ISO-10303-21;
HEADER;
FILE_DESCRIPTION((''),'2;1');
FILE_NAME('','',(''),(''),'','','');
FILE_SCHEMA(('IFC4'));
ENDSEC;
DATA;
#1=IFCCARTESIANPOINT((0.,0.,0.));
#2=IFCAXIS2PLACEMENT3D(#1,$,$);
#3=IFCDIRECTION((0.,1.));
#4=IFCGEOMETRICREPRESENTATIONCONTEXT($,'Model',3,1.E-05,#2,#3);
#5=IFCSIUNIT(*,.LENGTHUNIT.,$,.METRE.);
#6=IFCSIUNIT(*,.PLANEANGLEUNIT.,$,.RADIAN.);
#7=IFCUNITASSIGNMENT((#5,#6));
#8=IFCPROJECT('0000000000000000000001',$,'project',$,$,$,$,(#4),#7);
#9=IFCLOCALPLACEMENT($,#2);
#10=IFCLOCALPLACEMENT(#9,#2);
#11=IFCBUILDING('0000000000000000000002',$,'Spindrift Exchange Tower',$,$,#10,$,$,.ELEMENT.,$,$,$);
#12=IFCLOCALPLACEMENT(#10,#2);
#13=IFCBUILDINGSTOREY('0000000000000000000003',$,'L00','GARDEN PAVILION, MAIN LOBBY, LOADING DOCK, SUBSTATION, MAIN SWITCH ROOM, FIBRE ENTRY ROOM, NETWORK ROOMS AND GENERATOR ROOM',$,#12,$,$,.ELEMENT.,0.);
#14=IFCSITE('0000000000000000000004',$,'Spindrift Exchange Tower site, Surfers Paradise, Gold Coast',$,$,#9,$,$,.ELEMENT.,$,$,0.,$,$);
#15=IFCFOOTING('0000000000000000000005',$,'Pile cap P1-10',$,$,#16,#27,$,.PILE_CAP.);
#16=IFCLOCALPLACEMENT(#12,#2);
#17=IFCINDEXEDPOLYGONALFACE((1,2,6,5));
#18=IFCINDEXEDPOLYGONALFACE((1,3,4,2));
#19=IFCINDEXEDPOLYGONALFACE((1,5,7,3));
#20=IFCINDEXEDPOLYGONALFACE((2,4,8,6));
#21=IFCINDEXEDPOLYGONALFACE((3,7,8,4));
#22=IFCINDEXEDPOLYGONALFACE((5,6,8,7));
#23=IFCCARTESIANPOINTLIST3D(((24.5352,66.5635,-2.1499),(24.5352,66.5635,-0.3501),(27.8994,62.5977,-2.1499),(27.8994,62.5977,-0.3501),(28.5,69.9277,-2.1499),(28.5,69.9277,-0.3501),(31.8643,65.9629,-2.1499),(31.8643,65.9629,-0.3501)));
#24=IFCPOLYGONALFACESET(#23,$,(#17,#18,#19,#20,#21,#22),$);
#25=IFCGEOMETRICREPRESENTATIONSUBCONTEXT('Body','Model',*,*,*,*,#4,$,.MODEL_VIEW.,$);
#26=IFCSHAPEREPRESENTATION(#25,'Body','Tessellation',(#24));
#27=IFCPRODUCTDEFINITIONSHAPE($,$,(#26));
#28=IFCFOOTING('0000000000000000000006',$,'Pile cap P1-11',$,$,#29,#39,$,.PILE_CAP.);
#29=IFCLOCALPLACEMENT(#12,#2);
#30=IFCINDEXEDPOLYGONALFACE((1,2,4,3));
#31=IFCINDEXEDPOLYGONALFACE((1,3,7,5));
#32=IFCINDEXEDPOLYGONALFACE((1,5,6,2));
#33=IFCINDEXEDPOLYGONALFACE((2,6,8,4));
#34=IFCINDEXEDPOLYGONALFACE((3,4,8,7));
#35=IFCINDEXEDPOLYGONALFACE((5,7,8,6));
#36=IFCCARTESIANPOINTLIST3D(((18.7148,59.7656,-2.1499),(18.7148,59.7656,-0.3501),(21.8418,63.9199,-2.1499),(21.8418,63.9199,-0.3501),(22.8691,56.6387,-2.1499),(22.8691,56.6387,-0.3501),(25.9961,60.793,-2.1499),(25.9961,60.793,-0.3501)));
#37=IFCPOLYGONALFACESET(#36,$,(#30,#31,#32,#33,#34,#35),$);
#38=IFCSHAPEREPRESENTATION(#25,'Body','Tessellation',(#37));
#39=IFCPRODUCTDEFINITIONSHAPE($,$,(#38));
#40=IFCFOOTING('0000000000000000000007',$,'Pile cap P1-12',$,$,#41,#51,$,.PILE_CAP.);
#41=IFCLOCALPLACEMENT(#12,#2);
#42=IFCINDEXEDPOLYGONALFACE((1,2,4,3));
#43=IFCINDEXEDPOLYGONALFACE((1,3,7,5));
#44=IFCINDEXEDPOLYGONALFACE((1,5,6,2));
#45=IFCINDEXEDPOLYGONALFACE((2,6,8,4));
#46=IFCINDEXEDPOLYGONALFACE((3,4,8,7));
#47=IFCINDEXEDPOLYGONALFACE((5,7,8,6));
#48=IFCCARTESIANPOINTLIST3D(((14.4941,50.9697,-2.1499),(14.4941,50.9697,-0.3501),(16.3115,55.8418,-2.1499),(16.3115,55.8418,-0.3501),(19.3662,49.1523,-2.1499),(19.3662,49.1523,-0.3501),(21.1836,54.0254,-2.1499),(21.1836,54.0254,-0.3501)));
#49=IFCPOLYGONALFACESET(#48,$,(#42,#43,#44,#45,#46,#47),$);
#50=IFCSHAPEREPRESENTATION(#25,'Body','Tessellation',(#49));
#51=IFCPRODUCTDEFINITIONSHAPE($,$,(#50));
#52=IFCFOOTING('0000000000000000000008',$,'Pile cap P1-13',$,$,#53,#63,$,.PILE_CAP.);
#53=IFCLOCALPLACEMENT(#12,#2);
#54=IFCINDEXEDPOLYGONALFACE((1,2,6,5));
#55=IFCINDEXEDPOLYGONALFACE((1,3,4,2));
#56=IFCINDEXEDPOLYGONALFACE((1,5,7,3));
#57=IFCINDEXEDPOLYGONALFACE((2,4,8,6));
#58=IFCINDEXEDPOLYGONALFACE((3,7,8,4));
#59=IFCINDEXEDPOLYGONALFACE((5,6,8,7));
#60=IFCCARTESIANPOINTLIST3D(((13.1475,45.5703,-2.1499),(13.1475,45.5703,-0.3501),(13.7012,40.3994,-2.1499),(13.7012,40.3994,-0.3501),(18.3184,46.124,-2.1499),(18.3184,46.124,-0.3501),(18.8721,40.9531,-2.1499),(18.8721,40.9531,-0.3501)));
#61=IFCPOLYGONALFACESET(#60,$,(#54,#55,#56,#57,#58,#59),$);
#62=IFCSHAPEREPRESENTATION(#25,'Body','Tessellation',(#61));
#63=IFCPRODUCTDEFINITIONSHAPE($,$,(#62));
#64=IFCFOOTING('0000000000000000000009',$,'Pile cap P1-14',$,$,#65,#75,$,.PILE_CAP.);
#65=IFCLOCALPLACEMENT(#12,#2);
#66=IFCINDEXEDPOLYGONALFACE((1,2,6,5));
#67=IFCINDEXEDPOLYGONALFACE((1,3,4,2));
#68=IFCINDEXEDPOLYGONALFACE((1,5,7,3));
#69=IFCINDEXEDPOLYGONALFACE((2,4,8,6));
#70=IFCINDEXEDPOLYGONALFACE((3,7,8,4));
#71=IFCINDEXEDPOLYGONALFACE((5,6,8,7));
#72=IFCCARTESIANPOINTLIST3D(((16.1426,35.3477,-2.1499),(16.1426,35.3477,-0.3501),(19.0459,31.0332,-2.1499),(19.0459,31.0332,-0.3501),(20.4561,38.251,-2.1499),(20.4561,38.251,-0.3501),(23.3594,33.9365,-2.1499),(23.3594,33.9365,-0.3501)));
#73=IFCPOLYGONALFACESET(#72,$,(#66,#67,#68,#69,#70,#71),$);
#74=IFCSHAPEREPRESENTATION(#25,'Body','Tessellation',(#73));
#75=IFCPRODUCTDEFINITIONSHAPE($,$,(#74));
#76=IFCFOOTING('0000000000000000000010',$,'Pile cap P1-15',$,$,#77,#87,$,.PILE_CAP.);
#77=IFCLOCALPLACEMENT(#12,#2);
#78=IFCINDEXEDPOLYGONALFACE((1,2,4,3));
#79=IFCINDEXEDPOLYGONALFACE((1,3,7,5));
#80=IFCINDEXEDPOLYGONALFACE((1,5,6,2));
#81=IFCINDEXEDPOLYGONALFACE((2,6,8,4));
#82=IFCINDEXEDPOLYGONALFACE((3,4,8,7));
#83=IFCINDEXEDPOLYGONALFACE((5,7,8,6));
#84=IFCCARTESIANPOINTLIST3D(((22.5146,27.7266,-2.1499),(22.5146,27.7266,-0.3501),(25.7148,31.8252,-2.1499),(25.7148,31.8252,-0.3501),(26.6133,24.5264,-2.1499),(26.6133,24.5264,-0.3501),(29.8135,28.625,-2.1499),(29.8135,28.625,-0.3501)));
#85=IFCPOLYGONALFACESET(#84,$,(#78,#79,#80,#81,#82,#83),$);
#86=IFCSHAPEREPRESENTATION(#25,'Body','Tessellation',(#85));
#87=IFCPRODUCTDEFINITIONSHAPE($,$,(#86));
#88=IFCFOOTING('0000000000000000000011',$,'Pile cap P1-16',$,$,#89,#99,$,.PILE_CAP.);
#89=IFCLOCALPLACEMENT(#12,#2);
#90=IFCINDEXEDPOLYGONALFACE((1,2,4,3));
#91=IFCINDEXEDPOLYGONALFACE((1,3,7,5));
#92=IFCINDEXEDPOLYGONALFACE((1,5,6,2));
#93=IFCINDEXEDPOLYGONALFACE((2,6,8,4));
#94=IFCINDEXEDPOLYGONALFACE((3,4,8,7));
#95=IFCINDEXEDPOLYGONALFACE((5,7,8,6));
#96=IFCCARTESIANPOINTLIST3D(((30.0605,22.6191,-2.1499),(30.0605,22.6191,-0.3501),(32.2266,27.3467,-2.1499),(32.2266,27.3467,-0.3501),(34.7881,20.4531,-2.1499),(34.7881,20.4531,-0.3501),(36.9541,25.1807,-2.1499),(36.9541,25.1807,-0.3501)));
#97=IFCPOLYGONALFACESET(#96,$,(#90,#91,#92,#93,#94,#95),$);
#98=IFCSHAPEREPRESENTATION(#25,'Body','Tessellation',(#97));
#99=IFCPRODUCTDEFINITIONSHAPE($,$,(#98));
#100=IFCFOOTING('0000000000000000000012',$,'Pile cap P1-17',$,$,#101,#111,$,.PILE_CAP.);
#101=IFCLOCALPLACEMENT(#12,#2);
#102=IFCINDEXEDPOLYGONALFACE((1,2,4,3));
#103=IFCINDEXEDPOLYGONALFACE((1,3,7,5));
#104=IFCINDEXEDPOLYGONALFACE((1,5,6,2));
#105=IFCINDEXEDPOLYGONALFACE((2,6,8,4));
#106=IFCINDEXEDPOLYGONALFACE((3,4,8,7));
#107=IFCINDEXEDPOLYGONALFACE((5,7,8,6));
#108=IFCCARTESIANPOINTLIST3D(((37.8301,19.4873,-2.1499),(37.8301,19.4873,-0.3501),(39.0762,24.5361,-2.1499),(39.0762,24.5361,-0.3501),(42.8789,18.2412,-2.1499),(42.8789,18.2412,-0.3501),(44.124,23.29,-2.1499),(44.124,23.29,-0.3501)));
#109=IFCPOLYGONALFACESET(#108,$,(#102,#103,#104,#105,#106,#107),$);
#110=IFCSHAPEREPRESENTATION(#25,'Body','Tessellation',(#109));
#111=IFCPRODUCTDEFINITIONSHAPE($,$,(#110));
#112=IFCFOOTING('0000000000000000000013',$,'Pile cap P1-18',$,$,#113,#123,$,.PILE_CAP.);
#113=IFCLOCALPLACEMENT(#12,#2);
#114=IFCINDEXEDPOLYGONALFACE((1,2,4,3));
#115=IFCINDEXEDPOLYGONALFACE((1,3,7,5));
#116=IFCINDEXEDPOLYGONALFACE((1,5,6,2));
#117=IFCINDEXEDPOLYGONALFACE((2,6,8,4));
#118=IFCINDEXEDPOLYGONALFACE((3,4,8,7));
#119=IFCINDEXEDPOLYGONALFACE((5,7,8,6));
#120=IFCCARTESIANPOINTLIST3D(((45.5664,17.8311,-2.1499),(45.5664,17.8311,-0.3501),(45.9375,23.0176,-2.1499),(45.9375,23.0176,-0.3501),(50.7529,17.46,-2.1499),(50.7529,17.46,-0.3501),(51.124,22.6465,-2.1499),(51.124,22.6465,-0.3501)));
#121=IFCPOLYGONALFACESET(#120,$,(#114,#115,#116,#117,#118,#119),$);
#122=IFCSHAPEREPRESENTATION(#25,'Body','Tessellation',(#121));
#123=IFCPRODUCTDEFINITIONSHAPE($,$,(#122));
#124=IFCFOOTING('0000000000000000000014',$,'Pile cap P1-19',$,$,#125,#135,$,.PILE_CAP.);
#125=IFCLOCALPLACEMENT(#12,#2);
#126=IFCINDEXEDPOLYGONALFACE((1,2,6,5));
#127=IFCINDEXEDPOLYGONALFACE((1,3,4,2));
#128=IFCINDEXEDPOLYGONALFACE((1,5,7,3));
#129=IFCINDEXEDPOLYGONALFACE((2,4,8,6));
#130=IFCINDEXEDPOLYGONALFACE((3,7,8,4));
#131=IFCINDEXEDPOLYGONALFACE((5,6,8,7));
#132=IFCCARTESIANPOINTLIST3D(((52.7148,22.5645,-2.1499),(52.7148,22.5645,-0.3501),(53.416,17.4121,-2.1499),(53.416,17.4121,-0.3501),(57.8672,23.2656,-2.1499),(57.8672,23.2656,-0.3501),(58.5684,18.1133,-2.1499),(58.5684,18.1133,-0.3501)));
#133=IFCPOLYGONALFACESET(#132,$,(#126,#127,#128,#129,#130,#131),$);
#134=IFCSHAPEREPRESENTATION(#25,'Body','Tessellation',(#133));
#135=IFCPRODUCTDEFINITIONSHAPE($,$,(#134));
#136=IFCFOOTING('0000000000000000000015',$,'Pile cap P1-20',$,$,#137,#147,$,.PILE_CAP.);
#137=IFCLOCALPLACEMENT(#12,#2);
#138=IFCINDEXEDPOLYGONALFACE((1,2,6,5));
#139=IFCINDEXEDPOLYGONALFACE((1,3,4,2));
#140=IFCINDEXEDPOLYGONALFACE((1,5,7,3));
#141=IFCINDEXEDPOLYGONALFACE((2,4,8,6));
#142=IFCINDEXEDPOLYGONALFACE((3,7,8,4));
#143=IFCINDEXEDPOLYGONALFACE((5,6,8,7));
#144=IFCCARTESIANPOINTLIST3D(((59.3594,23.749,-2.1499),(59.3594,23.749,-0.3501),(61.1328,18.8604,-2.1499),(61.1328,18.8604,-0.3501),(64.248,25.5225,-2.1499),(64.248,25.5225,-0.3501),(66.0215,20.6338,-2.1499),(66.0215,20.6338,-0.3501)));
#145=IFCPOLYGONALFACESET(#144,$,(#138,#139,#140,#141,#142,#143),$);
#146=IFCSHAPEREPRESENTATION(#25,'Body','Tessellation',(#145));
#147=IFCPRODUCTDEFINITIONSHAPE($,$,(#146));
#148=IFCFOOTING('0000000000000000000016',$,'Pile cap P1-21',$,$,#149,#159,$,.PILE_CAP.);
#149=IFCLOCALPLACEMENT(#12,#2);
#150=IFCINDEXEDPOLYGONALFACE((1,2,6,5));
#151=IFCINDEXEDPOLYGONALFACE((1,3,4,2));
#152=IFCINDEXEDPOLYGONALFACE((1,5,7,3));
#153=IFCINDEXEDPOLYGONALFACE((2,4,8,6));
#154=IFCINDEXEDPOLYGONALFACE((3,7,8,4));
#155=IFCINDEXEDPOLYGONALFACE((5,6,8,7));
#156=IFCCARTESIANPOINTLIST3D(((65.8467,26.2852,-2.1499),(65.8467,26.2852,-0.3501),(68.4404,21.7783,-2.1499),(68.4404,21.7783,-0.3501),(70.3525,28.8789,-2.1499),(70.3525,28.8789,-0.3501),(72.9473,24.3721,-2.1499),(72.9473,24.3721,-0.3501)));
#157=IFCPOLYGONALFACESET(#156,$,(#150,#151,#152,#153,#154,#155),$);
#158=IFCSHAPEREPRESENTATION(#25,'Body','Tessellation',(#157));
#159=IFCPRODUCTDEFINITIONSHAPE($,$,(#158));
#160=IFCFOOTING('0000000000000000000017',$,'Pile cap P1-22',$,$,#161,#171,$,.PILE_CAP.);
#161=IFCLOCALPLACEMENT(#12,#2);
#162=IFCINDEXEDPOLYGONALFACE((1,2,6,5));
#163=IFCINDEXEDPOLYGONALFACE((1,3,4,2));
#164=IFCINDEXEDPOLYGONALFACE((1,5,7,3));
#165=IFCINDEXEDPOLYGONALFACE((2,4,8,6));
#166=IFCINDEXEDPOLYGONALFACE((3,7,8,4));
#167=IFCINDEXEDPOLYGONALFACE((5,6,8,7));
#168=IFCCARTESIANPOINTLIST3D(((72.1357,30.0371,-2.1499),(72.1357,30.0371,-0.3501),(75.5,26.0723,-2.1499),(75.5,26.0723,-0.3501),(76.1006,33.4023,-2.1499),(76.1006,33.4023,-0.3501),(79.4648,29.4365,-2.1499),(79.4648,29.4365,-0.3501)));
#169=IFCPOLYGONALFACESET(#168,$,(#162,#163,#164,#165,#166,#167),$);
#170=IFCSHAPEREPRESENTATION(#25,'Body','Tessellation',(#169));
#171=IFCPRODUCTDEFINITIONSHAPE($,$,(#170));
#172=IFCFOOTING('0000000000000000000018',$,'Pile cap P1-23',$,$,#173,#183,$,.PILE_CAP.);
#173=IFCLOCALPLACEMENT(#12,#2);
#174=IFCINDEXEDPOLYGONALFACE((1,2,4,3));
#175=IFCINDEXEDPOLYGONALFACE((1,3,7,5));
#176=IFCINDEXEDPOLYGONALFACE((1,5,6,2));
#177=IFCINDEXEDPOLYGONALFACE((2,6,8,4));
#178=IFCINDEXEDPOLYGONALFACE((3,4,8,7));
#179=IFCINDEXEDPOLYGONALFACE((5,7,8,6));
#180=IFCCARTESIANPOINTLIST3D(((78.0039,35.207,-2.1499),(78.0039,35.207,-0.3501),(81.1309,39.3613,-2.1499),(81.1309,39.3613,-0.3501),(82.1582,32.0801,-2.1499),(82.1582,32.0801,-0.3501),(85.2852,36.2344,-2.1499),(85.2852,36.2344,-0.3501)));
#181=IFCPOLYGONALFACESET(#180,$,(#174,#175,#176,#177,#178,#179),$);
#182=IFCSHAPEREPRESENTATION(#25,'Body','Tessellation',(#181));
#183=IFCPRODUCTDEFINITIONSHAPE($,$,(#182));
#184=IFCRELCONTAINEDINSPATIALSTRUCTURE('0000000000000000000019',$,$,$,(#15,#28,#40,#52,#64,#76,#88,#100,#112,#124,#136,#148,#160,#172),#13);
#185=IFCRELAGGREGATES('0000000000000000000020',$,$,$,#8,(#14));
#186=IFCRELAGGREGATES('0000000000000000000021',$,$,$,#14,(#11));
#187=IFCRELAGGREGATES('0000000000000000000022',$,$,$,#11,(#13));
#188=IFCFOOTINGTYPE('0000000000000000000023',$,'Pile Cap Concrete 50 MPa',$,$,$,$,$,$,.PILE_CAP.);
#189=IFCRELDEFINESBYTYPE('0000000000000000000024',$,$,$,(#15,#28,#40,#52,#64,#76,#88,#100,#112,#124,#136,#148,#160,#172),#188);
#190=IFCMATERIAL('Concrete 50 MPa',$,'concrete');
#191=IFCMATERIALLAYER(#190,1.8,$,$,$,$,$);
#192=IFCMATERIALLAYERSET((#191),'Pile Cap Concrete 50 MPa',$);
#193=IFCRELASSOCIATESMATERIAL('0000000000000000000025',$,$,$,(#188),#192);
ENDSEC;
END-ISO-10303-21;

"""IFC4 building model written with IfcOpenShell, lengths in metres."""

from ifc_helpers import new_model, si_unit, direction, frame, origin, place, context, subcontext, project, spatial, line, indexed_curve, outline, extrude, material, layer, layer_set, type_object, element, save


model = new_model("IFC4")

# Units and contexts
model_context = context("Model", 3, precision=1e-05, world=origin(), true_north=direction((0.0, 1.0)))
body_context = subcontext(model_context, "Body", "Model", "MODEL_VIEW")
ifc_project = project(units=[si_unit("LENGTHUNIT", "METRE"), si_unit("PLANEANGLEUNIT", "RADIAN")], contexts=[model_context])

# Site, building, storey
site_placement = place(None, origin())
site = spatial("IfcSite", under=ifc_project, at=site_placement, Name="Spindrift Exchange Tower site, Surfers Paradise, Gold Coast", CompositionType="ELEMENT", RefElevation=0.0)
building_placement = place(site_placement, origin())
building = spatial("IfcBuilding", under=site, at=building_placement, Name="Spindrift Exchange Tower", CompositionType="ELEMENT")
storey_placement = place(building_placement, origin())
storey = spatial("IfcBuildingStorey", under=building, at=storey_placement, Name="L00", Description="GARDEN PAVILION, MAIN LOBBY, LOADING DOCK, SUBSTATION, MAIN SWITCH ROOM, FIBRE ENTRY ROOM, NETWORK ROOMS AND GENERATOR ROOM", CompositionType="ELEMENT", Elevation=0.0)

# Footings
ifc_material = material(Name="Concrete 50 MPa", Category="concrete")
ifc_layer_1 = layer(ifc_material, 1.8)
ifc_layer_set_1 = layer_set([ifc_layer_1], Name="Pile Cap Concrete 50 MPa")
footing_type_1 = type_object("IfcFootingType", Name="Pile Cap Concrete 50 MPa", PredefinedType="PILE_CAP", material=ifc_layer_set_1)
footing_1_placement = place(storey_placement, frame((0.0, 0.0, -2.1499)))
element("IfcFooting", 1, at=footing_1_placement, inside=storey, type_object=footing_type_1, Name="Pile cap P1-10", PredefinedType="PILE_CAP", context=body_context, shape_type="SweptSolid", body=[
    extrude(outline(indexed_curve([(28.5, 69.9277), (24.5352, 66.5635), (27.8994, 62.5977), (31.8643, 65.9629)], segments=[line(1, 2, 3, 4, 1)], self_intersect=False)), origin(), (0.0, 0.0, 1.0), 1.7998),
])
footing_2_placement = place(storey_placement, frame((0.0, 0.0, -2.1499)))
element("IfcFooting", 2, at=footing_2_placement, inside=storey, type_object=footing_type_1, Name="Pile cap P1-11", PredefinedType="PILE_CAP", context=body_context, shape_type="SweptSolid", body=[
    extrude(outline(indexed_curve([(21.8418, 63.9199), (18.7148, 59.7656), (22.8691, 56.6387), (25.9961, 60.793)], segments=[line(1, 2, 3, 4, 1)], self_intersect=False)), origin(), (0.0, 0.0, 1.0), 1.7998),
])
footing_3_placement = place(storey_placement, frame((0.0, 0.0, -2.1499)))
element("IfcFooting", 3, at=footing_3_placement, inside=storey, type_object=footing_type_1, Name="Pile cap P1-12", PredefinedType="PILE_CAP", context=body_context, shape_type="SweptSolid", body=[
    extrude(outline(indexed_curve([(16.3115, 55.8418), (14.4941, 50.9697), (19.3662, 49.1523), (21.1836, 54.0254)], segments=[line(1, 2, 3, 4, 1)], self_intersect=False)), origin(), (0.0, 0.0, 1.0), 1.7998),
])
footing_4_placement = place(storey_placement, frame((0.0, 0.0, -2.1499)))
element("IfcFooting", 4, at=footing_4_placement, inside=storey, type_object=footing_type_1, Name="Pile cap P1-13", PredefinedType="PILE_CAP", context=body_context, shape_type="SweptSolid", body=[
    extrude(outline(indexed_curve([(13.1475, 45.5703), (13.7012, 40.3994), (18.8721, 40.9531), (18.3184, 46.124)], segments=[line(1, 2, 3, 4, 1)], self_intersect=False)), origin(), (0.0, 0.0, 1.0), 1.7998),
])
footing_5_placement = place(storey_placement, frame((0.0, 0.0, -2.1499)))
element("IfcFooting", 5, at=footing_5_placement, inside=storey, type_object=footing_type_1, Name="Pile cap P1-14", PredefinedType="PILE_CAP", context=body_context, shape_type="SweptSolid", body=[
    extrude(outline(indexed_curve([(16.1426, 35.3477), (19.0459, 31.0332), (23.3594, 33.9365), (20.4561, 38.251)], segments=[line(1, 2, 3, 4, 1)], self_intersect=False)), origin(), (0.0, 0.0, 1.0), 1.7998),
])
footing_6_placement = place(storey_placement, frame((0.0, 0.0, -2.1499)))
element("IfcFooting", 6, at=footing_6_placement, inside=storey, type_object=footing_type_1, Name="Pile cap P1-15", PredefinedType="PILE_CAP", context=body_context, shape_type="SweptSolid", body=[
    extrude(outline(indexed_curve([(22.5146, 27.7266), (26.6133, 24.5264), (29.8135, 28.625), (25.7148, 31.8252)], segments=[line(1, 2, 3, 4, 1)], self_intersect=False)), origin(), (0.0, 0.0, 1.0), 1.7998),
])
footing_7_placement = place(storey_placement, frame((0.0, 0.0, -2.1499)))
element("IfcFooting", 7, at=footing_7_placement, inside=storey, type_object=footing_type_1, Name="Pile cap P1-16", PredefinedType="PILE_CAP", context=body_context, shape_type="SweptSolid", body=[
    extrude(outline(indexed_curve([(30.0605, 22.6191), (34.7881, 20.4531), (36.9541, 25.1807), (32.2266, 27.3467)], segments=[line(1, 2, 3, 4, 1)], self_intersect=False)), origin(), (0.0, 0.0, 1.0), 1.7998),
])
footing_8_placement = place(storey_placement, frame((0.0, 0.0, -2.1499)))
element("IfcFooting", 8, at=footing_8_placement, inside=storey, type_object=footing_type_1, Name="Pile cap P1-17", PredefinedType="PILE_CAP", context=body_context, shape_type="SweptSolid", body=[
    extrude(outline(indexed_curve([(37.8301, 19.4873), (42.8789, 18.2412), (44.124, 23.29), (39.0762, 24.5361)], segments=[line(1, 2, 3, 4, 1)], self_intersect=False)), origin(), (0.0, 0.0, 1.0), 1.7998),
])
footing_9_placement = place(storey_placement, frame((0.0, 0.0, -2.1499)))
element("IfcFooting", 9, at=footing_9_placement, inside=storey, type_object=footing_type_1, Name="Pile cap P1-18", PredefinedType="PILE_CAP", context=body_context, shape_type="SweptSolid", body=[
    extrude(outline(indexed_curve([(45.5664, 17.8311), (50.7529, 17.46), (51.124, 22.6465), (45.9375, 23.0176)], segments=[line(1, 2, 3, 4, 1)], self_intersect=False)), origin(), (0.0, 0.0, 1.0), 1.7998),
])
footing_10_placement = place(storey_placement, frame((0.0, 0.0, -2.1499)))
element("IfcFooting", 10, at=footing_10_placement, inside=storey, type_object=footing_type_1, Name="Pile cap P1-19", PredefinedType="PILE_CAP", context=body_context, shape_type="SweptSolid", body=[
    extrude(outline(indexed_curve([(53.416, 17.4121), (58.5684, 18.1133), (57.8672, 23.2656), (52.7148, 22.5645)], segments=[line(1, 2, 3, 4, 1)], self_intersect=False)), origin(), (0.0, 0.0, 1.0), 1.7998),
])
footing_11_placement = place(storey_placement, frame((0.0, 0.0, -2.1499)))
element("IfcFooting", 11, at=footing_11_placement, inside=storey, type_object=footing_type_1, Name="Pile cap P1-20", PredefinedType="PILE_CAP", context=body_context, shape_type="SweptSolid", body=[
    extrude(outline(indexed_curve([(61.1328, 18.8604), (66.0215, 20.6338), (64.248, 25.5225), (59.3594, 23.749)], segments=[line(1, 2, 3, 4, 1)], self_intersect=False)), origin(), (0.0, 0.0, 1.0), 1.7998),
])
footing_12_placement = place(storey_placement, frame((0.0, 0.0, -2.1499)))
element("IfcFooting", 12, at=footing_12_placement, inside=storey, type_object=footing_type_1, Name="Pile cap P1-21", PredefinedType="PILE_CAP", context=body_context, shape_type="SweptSolid", body=[
    extrude(outline(indexed_curve([(68.4404, 21.7783), (72.9473, 24.3721), (70.3525, 28.8789), (65.8467, 26.2852)], segments=[line(1, 2, 3, 4, 1)], self_intersect=False)), origin(), (0.0, 0.0, 1.0), 1.7998),
])
footing_13_placement = place(storey_placement, frame((0.0, 0.0, -2.1499)))
element("IfcFooting", 13, at=footing_13_placement, inside=storey, type_object=footing_type_1, Name="Pile cap P1-22", PredefinedType="PILE_CAP", context=body_context, shape_type="SweptSolid", body=[
    extrude(outline(indexed_curve([(75.5, 26.0723), (79.4648, 29.4365), (76.1006, 33.4023), (72.1357, 30.0371)], segments=[line(1, 2, 3, 4, 1)], self_intersect=False)), origin(), (0.0, 0.0, 1.0), 1.7998),
])
footing_14_placement = place(storey_placement, frame((0.0, 0.0, -2.1499)))
element("IfcFooting", 14, at=footing_14_placement, inside=storey, type_object=footing_type_1, Name="Pile cap P1-23", PredefinedType="PILE_CAP", context=body_context, shape_type="SweptSolid", body=[
    extrude(outline(indexed_curve([(82.1582, 32.0801), (85.2852, 36.2344), (81.1309, 39.3613), (78.0039, 35.207)], segments=[line(1, 2, 3, 4, 1)], self_intersect=False)), origin(), (0.0, 0.0, 1.0), 1.7998),
])

save(model, "model.ifc")
